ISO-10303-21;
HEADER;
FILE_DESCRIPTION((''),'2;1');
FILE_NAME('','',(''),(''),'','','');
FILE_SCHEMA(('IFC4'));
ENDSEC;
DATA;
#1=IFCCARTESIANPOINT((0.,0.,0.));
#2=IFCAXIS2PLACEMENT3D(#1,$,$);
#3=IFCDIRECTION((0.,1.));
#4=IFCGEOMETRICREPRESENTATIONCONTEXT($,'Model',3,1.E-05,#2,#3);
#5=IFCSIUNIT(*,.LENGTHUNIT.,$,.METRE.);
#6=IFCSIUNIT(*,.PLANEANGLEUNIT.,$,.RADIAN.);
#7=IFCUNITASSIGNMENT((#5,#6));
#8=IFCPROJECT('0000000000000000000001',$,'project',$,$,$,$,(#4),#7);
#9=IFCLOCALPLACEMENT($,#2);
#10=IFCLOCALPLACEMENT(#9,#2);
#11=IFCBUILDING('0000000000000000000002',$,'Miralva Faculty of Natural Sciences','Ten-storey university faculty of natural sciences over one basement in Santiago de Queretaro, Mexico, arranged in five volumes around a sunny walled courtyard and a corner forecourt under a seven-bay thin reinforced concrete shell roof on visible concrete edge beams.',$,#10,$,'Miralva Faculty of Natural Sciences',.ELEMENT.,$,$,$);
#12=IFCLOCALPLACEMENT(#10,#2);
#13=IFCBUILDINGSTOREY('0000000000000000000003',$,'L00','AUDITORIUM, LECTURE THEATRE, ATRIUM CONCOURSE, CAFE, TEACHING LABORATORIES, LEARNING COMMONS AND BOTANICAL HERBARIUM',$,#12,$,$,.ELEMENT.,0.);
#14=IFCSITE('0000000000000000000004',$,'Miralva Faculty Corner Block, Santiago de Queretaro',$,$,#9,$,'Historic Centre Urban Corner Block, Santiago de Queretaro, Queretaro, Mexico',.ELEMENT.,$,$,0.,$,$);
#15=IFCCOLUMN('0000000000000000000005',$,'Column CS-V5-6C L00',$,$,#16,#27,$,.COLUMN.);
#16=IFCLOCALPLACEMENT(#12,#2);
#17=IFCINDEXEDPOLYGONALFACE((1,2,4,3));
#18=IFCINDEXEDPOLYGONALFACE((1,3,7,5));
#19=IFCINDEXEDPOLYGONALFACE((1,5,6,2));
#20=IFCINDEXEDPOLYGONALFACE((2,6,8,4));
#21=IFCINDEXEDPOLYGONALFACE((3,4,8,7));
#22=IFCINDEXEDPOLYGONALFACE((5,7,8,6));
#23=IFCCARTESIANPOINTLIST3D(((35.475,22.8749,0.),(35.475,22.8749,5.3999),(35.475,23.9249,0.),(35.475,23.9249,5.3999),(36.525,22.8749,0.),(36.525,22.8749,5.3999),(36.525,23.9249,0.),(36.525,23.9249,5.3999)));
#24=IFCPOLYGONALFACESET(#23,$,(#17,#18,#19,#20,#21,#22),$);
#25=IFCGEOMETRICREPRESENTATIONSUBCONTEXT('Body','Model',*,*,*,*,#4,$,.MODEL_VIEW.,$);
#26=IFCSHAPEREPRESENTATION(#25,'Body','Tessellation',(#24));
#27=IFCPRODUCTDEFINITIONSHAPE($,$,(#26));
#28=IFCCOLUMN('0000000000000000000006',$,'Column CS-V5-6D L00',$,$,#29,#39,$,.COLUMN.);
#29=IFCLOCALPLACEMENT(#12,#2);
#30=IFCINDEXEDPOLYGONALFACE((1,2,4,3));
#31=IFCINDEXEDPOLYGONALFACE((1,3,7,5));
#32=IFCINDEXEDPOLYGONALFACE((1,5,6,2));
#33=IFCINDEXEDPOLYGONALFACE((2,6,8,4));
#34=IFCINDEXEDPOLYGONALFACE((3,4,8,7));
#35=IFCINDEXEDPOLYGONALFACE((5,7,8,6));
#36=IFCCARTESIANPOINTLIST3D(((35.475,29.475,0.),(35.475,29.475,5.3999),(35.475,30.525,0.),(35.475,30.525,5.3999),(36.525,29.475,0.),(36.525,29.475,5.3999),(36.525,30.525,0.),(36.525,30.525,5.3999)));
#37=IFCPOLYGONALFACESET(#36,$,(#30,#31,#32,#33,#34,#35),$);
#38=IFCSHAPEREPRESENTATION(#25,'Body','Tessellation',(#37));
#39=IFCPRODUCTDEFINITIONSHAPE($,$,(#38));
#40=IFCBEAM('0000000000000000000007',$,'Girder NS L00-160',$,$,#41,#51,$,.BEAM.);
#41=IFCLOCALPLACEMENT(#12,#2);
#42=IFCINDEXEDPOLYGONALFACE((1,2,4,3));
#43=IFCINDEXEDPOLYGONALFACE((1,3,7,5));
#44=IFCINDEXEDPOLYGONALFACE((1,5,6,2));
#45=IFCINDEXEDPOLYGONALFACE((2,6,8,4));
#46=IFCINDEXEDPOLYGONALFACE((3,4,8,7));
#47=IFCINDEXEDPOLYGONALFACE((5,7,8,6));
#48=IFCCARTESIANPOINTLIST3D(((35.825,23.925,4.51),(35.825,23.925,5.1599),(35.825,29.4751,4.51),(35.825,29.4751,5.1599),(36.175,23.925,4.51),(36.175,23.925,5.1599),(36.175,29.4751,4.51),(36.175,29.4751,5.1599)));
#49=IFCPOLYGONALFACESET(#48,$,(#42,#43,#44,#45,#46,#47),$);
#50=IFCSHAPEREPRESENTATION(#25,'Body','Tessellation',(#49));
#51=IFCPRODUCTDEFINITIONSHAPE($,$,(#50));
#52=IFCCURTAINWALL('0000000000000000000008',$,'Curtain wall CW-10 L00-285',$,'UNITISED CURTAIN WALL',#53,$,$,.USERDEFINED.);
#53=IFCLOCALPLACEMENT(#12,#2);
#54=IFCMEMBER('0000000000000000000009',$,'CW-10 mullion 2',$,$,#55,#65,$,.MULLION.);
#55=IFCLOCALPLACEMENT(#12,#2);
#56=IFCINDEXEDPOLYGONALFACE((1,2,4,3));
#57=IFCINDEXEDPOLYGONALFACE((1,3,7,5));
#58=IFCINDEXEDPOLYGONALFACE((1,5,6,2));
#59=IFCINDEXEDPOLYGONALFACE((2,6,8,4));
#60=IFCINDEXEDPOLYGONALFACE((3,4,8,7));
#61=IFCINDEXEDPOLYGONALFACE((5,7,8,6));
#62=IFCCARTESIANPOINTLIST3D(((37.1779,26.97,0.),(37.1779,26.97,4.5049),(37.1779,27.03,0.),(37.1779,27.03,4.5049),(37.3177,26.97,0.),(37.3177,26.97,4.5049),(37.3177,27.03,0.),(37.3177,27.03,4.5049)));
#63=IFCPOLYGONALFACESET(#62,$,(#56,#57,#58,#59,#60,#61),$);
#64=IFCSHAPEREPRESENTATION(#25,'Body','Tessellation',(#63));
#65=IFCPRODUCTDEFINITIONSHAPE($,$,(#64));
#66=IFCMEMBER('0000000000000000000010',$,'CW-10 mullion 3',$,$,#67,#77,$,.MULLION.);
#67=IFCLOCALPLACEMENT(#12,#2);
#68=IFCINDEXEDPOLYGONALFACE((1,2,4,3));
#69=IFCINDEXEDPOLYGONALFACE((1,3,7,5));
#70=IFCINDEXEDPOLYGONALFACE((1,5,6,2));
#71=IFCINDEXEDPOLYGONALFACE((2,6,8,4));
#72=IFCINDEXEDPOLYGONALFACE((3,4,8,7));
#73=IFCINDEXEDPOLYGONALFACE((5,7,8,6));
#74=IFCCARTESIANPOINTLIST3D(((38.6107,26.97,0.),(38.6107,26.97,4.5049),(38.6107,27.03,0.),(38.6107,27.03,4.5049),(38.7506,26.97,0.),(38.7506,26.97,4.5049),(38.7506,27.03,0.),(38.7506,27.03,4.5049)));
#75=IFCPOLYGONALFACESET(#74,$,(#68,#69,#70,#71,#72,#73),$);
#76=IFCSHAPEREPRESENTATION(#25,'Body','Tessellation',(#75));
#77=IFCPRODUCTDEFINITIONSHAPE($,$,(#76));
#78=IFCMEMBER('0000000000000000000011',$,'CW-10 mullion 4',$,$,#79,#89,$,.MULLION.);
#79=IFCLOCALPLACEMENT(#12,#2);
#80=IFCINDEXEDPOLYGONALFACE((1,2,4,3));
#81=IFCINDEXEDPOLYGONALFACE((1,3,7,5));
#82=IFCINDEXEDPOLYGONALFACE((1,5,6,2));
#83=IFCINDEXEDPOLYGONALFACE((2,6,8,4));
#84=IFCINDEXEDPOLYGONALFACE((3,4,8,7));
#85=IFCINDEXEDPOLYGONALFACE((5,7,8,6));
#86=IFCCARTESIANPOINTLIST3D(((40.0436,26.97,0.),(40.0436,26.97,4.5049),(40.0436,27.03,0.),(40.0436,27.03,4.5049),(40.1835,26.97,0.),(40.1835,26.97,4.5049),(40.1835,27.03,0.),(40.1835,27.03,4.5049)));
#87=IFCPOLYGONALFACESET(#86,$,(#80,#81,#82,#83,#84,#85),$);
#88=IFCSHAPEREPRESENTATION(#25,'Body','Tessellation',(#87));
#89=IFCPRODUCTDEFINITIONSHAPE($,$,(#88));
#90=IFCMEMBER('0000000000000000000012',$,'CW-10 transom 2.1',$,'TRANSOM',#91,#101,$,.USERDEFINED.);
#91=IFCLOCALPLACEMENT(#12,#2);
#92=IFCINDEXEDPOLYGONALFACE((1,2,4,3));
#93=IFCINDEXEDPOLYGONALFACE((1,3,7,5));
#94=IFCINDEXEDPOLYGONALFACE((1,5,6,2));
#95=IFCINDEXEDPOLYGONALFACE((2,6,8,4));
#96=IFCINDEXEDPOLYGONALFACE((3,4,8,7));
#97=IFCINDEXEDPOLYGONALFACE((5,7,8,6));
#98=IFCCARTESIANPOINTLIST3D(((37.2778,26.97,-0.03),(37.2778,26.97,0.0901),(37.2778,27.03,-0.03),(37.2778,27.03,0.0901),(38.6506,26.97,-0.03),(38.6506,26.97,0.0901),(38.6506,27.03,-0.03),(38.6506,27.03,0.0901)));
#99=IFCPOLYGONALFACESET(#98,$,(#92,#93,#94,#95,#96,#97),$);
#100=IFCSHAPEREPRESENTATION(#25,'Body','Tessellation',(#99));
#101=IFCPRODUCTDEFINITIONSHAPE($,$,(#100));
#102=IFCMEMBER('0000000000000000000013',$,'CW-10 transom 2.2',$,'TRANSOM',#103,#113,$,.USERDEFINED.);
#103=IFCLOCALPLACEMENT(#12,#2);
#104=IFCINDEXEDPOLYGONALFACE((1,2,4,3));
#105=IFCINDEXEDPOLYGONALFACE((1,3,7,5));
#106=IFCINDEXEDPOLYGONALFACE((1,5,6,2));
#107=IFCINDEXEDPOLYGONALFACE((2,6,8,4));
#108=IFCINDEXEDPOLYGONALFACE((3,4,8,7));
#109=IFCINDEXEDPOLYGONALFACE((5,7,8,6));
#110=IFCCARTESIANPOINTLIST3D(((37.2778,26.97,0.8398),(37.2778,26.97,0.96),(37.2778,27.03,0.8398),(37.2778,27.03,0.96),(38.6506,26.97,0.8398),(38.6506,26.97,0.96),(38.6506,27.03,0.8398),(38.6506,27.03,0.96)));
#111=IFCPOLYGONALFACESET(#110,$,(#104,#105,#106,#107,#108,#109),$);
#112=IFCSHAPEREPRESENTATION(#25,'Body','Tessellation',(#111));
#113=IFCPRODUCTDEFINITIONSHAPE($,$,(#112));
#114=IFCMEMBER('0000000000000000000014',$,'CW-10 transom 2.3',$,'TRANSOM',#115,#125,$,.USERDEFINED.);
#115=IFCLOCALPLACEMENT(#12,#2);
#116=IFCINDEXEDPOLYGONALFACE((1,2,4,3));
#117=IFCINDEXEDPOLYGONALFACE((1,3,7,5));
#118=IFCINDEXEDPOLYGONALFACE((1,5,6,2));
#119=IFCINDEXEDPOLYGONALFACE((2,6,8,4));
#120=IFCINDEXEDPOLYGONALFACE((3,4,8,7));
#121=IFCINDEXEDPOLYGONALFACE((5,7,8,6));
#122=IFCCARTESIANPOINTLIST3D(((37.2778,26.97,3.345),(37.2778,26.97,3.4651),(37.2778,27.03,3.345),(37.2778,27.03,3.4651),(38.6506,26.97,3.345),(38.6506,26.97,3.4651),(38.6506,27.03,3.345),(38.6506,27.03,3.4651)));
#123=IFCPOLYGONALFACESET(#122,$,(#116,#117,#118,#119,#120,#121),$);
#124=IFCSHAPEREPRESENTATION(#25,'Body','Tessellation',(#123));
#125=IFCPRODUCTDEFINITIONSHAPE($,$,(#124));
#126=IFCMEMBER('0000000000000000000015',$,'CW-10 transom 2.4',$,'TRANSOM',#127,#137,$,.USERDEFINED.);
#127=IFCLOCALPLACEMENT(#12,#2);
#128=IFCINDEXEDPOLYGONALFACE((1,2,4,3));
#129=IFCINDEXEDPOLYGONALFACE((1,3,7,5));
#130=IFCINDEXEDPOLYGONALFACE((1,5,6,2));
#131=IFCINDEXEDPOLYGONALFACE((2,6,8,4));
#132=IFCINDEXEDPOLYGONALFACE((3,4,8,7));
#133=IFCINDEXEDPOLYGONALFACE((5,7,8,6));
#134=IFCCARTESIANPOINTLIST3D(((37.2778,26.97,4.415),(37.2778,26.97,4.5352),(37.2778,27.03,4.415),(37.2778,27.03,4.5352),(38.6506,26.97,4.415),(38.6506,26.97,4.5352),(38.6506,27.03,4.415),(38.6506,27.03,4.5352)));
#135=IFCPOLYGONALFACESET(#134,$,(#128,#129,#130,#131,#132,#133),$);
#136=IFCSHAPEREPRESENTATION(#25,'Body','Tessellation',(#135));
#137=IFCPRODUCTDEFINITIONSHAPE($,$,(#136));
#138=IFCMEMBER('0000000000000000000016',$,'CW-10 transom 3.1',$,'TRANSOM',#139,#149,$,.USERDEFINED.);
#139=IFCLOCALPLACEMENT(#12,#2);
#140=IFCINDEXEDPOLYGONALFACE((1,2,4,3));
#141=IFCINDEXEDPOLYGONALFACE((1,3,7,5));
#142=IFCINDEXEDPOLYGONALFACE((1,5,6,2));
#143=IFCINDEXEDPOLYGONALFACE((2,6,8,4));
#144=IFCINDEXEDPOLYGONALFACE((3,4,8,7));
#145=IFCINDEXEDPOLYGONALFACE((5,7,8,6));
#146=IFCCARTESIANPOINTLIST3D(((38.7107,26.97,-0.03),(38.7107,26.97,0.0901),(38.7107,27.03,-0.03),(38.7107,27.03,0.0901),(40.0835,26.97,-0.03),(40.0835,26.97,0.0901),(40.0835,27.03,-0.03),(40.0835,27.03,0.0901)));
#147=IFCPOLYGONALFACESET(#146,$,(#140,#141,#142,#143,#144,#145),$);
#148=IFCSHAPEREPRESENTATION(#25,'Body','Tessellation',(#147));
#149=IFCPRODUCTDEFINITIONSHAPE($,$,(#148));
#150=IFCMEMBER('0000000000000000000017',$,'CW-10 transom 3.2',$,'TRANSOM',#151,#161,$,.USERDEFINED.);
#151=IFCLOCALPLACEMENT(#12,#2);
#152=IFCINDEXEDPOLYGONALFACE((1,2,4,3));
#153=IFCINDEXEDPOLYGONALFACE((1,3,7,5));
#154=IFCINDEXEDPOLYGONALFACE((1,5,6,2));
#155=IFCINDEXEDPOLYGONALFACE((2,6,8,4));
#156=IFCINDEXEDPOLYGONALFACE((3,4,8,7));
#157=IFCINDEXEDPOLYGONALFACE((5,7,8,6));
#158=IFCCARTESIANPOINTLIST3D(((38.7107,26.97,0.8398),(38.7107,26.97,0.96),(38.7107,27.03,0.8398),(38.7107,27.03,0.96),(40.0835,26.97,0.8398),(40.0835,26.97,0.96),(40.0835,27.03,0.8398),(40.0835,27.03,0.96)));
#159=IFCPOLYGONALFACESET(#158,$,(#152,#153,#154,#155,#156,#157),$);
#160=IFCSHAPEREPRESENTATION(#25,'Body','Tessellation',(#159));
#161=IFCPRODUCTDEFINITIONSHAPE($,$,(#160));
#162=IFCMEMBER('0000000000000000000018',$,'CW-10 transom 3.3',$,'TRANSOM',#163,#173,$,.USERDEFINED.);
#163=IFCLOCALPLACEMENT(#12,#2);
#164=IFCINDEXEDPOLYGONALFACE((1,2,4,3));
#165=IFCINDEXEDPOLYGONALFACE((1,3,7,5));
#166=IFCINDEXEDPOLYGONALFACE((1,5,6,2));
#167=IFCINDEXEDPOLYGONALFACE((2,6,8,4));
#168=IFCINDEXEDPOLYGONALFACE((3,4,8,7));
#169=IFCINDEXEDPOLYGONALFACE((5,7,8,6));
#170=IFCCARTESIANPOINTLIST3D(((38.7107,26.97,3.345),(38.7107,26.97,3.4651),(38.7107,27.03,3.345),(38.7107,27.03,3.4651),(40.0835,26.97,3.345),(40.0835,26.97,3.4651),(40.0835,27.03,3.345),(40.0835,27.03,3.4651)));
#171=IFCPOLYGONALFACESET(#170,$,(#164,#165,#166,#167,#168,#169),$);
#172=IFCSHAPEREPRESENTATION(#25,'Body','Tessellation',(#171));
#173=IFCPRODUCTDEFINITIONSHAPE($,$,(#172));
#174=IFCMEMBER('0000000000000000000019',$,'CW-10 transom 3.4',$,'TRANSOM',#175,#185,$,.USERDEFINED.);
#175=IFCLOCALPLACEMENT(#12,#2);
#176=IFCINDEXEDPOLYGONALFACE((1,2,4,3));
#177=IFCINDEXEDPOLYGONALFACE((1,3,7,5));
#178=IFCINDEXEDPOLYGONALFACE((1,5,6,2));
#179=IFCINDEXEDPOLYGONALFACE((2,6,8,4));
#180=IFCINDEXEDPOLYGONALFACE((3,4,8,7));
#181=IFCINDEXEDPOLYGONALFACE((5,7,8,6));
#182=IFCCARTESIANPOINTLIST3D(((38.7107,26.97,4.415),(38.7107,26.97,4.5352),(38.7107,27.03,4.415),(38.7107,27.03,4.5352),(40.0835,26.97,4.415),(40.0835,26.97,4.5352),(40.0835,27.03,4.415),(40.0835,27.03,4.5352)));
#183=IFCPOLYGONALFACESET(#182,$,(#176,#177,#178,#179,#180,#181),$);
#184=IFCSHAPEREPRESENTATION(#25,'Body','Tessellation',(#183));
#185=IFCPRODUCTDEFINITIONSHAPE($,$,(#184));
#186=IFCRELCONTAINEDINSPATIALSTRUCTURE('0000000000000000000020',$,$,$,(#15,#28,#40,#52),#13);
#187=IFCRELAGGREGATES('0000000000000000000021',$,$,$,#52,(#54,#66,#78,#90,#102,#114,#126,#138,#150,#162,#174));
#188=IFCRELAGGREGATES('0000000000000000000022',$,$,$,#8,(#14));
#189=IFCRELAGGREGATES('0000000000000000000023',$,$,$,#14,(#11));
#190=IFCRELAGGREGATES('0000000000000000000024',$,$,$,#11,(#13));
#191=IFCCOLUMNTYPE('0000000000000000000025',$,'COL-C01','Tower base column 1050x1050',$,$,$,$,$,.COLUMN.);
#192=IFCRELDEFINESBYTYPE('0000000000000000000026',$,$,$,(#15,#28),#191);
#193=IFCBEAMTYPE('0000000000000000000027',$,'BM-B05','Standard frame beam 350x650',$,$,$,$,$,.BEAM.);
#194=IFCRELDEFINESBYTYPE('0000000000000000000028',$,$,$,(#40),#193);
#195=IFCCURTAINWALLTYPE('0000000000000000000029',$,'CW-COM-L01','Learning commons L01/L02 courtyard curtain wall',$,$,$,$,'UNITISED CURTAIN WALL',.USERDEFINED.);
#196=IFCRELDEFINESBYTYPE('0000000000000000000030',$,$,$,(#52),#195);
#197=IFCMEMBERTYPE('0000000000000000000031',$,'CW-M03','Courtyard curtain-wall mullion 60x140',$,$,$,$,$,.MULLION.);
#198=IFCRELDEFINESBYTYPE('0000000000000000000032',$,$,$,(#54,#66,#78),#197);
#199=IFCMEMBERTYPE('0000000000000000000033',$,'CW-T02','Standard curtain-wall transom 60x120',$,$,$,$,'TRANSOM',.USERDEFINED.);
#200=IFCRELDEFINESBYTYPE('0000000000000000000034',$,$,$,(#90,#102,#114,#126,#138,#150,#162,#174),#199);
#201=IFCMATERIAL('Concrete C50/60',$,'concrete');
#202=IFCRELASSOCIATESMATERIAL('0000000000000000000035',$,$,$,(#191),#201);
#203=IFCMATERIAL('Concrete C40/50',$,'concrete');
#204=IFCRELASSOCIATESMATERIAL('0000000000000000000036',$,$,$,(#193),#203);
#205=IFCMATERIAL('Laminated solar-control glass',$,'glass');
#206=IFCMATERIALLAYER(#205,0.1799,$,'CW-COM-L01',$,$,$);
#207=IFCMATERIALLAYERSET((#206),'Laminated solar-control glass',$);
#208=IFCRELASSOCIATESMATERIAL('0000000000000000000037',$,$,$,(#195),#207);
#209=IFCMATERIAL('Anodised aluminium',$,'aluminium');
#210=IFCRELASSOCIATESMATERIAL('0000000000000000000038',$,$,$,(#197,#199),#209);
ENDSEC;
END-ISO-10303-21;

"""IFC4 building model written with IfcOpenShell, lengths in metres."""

from ifc_helpers import new_model, si_unit, direction, frame, origin, origin_2d, place, context, subcontext, project, spatial, rectangle, extrude, material, layer, layer_set, material_profile, profile_set, type_object, element, aggregate, save


model = new_model("IFC4")

# Units and contexts
model_context = context("Model", 3, precision=1e-05, world=origin(), true_north=direction((0.0, 1.0)))
body_context = subcontext(model_context, "Body", "Model", "MODEL_VIEW")
ifc_project = project(units=[si_unit("LENGTHUNIT", "METRE"), si_unit("PLANEANGLEUNIT", "RADIAN")], contexts=[model_context])

# Site, building, storey
site_placement = place(None, origin())
site = spatial("IfcSite", under=ifc_project, at=site_placement, Name="Miralva Faculty Corner Block, Santiago de Queretaro", LongName="Historic Centre Urban Corner Block, Santiago de Queretaro, Queretaro, Mexico", CompositionType="ELEMENT", RefElevation=0.0)
building_placement = place(site_placement, origin())
building = spatial("IfcBuilding", under=site, at=building_placement, Name="Miralva Faculty of Natural Sciences", Description="Ten-storey university faculty of natural sciences over one basement in Santiago de Queretaro, Mexico, arranged in five volumes around a sunny walled courtyard and a corner forecourt under a seven-bay thin reinforced concrete shell roof on visible concrete edge beams.", LongName="Miralva Faculty of Natural Sciences", CompositionType="ELEMENT")
storey_placement = place(building_placement, origin())
storey = spatial("IfcBuildingStorey", under=building, at=storey_placement, Name="L00", Description="AUDITORIUM, LECTURE THEATRE, ATRIUM CONCOURSE, CAFE, TEACHING LABORATORIES, LEARNING COMMONS AND BOTANICAL HERBARIUM", CompositionType="ELEMENT", Elevation=0.0)

# Columns
ifc_material_1 = material(Name="Concrete C50/60", Category="concrete")
ifc_material_profile_1 = material_profile(ifc_material_1, rectangle(XDim=1.05, YDim=1.05, at=origin_2d()), Name="RC 1050x1050")
ifc_profile_set_1 = profile_set([ifc_material_profile_1], Name="Concrete C50/60")
column_type = type_object("IfcColumnType", Name="COL-C01", Description="Tower base column 1050x1050", PredefinedType="COLUMN", material=ifc_profile_set_1)
for number, where, z_axis, x_axis, name in (
    (1, (36.0, 23.3999, 0.0), (0.0, 0.0, 1.0), (1.0, 0.0, 0.0), "Column CS-V5-6C L00"),
    (2, (36.0, 30.0, 0.0), (0.0, 0.0, 1.0), (1.0, 0.0, 0.0), "Column CS-V5-6D L00"),
):
    element("IfcColumn", number, at=place(storey_placement, frame(where, z_axis=z_axis, x_axis=x_axis)), inside=storey, type_object=column_type, Name=name, PredefinedType="COLUMN", context=body_context, shape_type="SweptSolid", body=[
        extrude(rectangle(XDim=1.05, YDim=1.05, at=origin_2d()), origin(), (0.0, 0.0, 1.0), 5.3999),
    ])

# Beam
ifc_material_2 = material(Name="Concrete C40/50", Category="concrete")
ifc_material_profile_2 = material_profile(ifc_material_2, rectangle(XDim=0.3501, YDim=0.6499, at=origin_2d()), Name="RC 350x650")
ifc_profile_set_2 = profile_set([ifc_material_profile_2], Name="Concrete C40/50")
beam_type = type_object("IfcBeamType", Name="BM-B05", Description="Standard frame beam 350x650", PredefinedType="BEAM", material=ifc_profile_set_2)
beam_placement = place(storey_placement, frame((36.0, 23.925, 4.835), z_axis=(0.0, 1.0, 0.0), x_axis=(-1.0, 0.0, 0.0)))
element("IfcBeam", 3, at=beam_placement, inside=storey, type_object=beam_type, Name="Girder NS L00-160", PredefinedType="BEAM", context=body_context, shape_type="SweptSolid", body=[
    extrude(rectangle(XDim=0.3501, YDim=0.6499, at=origin_2d()), origin(), (0.0, 0.0, 1.0), 5.55),
])

# Curtain wall, members
ifc_material_3 = material(Name="Laminated solar-control glass", Category="glass")
ifc_layer_1 = layer(ifc_material_3, 0.1799, Name="CW-COM-L01")
ifc_layer_set_1 = layer_set([ifc_layer_1], Name="Laminated solar-control glass")
curtain_wall_type = type_object("IfcCurtainWallType", Name="CW-COM-L01", Description="Learning commons L01/L02 courtyard curtain wall", ElementType="UNITISED CURTAIN WALL", PredefinedType="USERDEFINED", material=ifc_layer_set_1)
curtain_wall_placement = place(storey_placement, origin())
curtain_wall = element("IfcCurtainWall", 4, at=curtain_wall_placement, inside=storey, type_object=curtain_wall_type, Name="Curtain wall CW-10 L00-285", ObjectType="UNITISED CURTAIN WALL", PredefinedType="USERDEFINED")
ifc_material_4 = material(Name="Anodised aluminium", Category="aluminium")
ifc_material_profile_3 = material_profile(ifc_material_4, rectangle(XDim=0.0601, YDim=0.1399, at=origin_2d()), Name="MULLION 60x140")
ifc_profile_set_3 = profile_set([ifc_material_profile_3], Name="Anodised aluminium")
member_type_1 = type_object("IfcMemberType", Name="CW-M03", Description="Courtyard curtain-wall mullion 60x140", PredefinedType="MULLION", material=ifc_profile_set_3)
member_1_placement = place(storey_placement, frame((37.2478, 27.0, 0.0), z_axis=(0.0, 0.0, 1.0), x_axis=(0.0, 1.0, 0.0)))
member_1 = element("IfcMember", 5, at=member_1_placement, type_object=member_type_1, Name="CW-10 mullion 2", PredefinedType="MULLION", context=body_context, shape_type="SweptSolid", body=[
    extrude(rectangle(XDim=0.0601, YDim=0.1399, at=origin_2d()), origin(), (0.0, 0.0, 1.0), 4.5049),
])
member_2_placement = place(storey_placement, frame((38.6807, 27.0, 0.0), z_axis=(0.0, 0.0, 1.0), x_axis=(0.0, 1.0, 0.0)))
member_2 = element("IfcMember", 6, at=member_2_placement, type_object=member_type_1, Name="CW-10 mullion 3", PredefinedType="MULLION", context=body_context, shape_type="SweptSolid", body=[
    extrude(rectangle(XDim=0.0601, YDim=0.1399, at=origin_2d()), origin(), (0.0, 0.0, 1.0), 4.5049),
])
member_3_placement = place(storey_placement, frame((40.1135, 27.0, 0.0), z_axis=(0.0, 0.0, 1.0), x_axis=(0.0, 1.0, 0.0)))
member_3 = element("IfcMember", 7, at=member_3_placement, type_object=member_type_1, Name="CW-10 mullion 4", PredefinedType="MULLION", context=body_context, shape_type="SweptSolid", body=[
    extrude(rectangle(XDim=0.0601, YDim=0.1399, at=origin_2d()), origin(), (0.0, 0.0, 1.0), 4.5049),
])
ifc_material_profile_4 = material_profile(ifc_material_4, rectangle(XDim=0.0601, YDim=0.1201, at=origin_2d()), Name="TRANSOM 60x120")
ifc_profile_set_4 = profile_set([ifc_material_profile_4], Name="Anodised aluminium")
member_type_2 = type_object("IfcMemberType", Name="CW-T02", Description="Standard curtain-wall transom 60x120", ElementType="TRANSOM", PredefinedType="USERDEFINED", material=ifc_profile_set_4)
member_4_placement = place(storey_placement, frame((37.2778, 27.0, 0.03), z_axis=(1.0, 0.0, 0.0), x_axis=(0.0, 1.0, 0.0)))
member_4 = element("IfcMember", 8, at=member_4_placement, type_object=member_type_2, Name="CW-10 transom 2.1", ObjectType="TRANSOM", PredefinedType="USERDEFINED", context=body_context, shape_type="SweptSolid", body=[
    extrude(rectangle(XDim=0.0601, YDim=0.1201, at=origin_2d()), origin(), (0.0, 0.0, 1.0), 1.3728),
])
member_5_placement = place(storey_placement, frame((37.2778, 27.0, 0.8999), z_axis=(1.0, 0.0, 0.0), x_axis=(0.0, 1.0, 0.0)))
member_5 = element("IfcMember", 9, at=member_5_placement, type_object=member_type_2, Name="CW-10 transom 2.2", ObjectType="TRANSOM", PredefinedType="USERDEFINED", context=body_context, shape_type="SweptSolid", body=[
    extrude(rectangle(XDim=0.0601, YDim=0.1201, at=origin_2d()), origin(), (0.0, 0.0, 1.0), 1.3728),
])
member_6_placement = place(storey_placement, frame((37.2778, 27.0, 3.405), z_axis=(1.0, 0.0, 0.0), x_axis=(0.0, 1.0, 0.0)))
member_6 = element("IfcMember", 10, at=member_6_placement, type_object=member_type_2, Name="CW-10 transom 2.3", ObjectType="TRANSOM", PredefinedType="USERDEFINED", context=body_context, shape_type="SweptSolid", body=[
    extrude(rectangle(XDim=0.0601, YDim=0.1201, at=origin_2d()), origin(), (0.0, 0.0, 1.0), 1.3728),
])
member_7_placement = place(storey_placement, frame((37.2778, 27.0, 4.4751), z_axis=(1.0, 0.0, 0.0), x_axis=(0.0, 1.0, 0.0)))
member_7 = element("IfcMember", 11, at=member_7_placement, type_object=member_type_2, Name="CW-10 transom 2.4", ObjectType="TRANSOM", PredefinedType="USERDEFINED", context=body_context, shape_type="SweptSolid", body=[
    extrude(rectangle(XDim=0.0601, YDim=0.1201, at=origin_2d()), origin(), (0.0, 0.0, 1.0), 1.3728),
])
member_8_placement = place(storey_placement, frame((38.7107, 27.0, 0.03), z_axis=(1.0, 0.0, 0.0), x_axis=(0.0, 1.0, 0.0)))
member_8 = element("IfcMember", 12, at=member_8_placement, type_object=member_type_2, Name="CW-10 transom 3.1", ObjectType="TRANSOM", PredefinedType="USERDEFINED", context=body_context, shape_type="SweptSolid", body=[
    extrude(rectangle(XDim=0.0601, YDim=0.1201, at=origin_2d()), origin(), (0.0, 0.0, 1.0), 1.3728),
])
member_9_placement = place(storey_placement, frame((38.7107, 27.0, 0.8999), z_axis=(1.0, 0.0, 0.0), x_axis=(0.0, 1.0, 0.0)))
member_9 = element("IfcMember", 13, at=member_9_placement, type_object=member_type_2, Name="CW-10 transom 3.2", ObjectType="TRANSOM", PredefinedType="USERDEFINED", context=body_context, shape_type="SweptSolid", body=[
    extrude(rectangle(XDim=0.0601, YDim=0.1201, at=origin_2d()), origin(), (0.0, 0.0, 1.0), 1.3728),
])
member_10_placement = place(storey_placement, frame((38.7107, 27.0, 3.405), z_axis=(1.0, 0.0, 0.0), x_axis=(0.0, 1.0, 0.0)))
member_10 = element("IfcMember", 14, at=member_10_placement, type_object=member_type_2, Name="CW-10 transom 3.3", ObjectType="TRANSOM", PredefinedType="USERDEFINED", context=body_context, shape_type="SweptSolid", body=[
    extrude(rectangle(XDim=0.0601, YDim=0.1201, at=origin_2d()), origin(), (0.0, 0.0, 1.0), 1.3728),
])
member_11_placement = place(storey_placement, frame((38.7107, 27.0, 4.4751), z_axis=(1.0, 0.0, 0.0), x_axis=(0.0, 1.0, 0.0)))
member_11 = element("IfcMember", 15, at=member_11_placement, type_object=member_type_2, Name="CW-10 transom 3.4", ObjectType="TRANSOM", PredefinedType="USERDEFINED", context=body_context, shape_type="SweptSolid", body=[
    extrude(rectangle(XDim=0.0601, YDim=0.1201, at=origin_2d()), origin(), (0.0, 0.0, 1.0), 1.3728),
])
aggregate(curtain_wall, [member_1, member_2, member_3, member_4, member_5, member_6, member_7, member_8, member_9, member_10, member_11])

save(model, "model.ifc")
